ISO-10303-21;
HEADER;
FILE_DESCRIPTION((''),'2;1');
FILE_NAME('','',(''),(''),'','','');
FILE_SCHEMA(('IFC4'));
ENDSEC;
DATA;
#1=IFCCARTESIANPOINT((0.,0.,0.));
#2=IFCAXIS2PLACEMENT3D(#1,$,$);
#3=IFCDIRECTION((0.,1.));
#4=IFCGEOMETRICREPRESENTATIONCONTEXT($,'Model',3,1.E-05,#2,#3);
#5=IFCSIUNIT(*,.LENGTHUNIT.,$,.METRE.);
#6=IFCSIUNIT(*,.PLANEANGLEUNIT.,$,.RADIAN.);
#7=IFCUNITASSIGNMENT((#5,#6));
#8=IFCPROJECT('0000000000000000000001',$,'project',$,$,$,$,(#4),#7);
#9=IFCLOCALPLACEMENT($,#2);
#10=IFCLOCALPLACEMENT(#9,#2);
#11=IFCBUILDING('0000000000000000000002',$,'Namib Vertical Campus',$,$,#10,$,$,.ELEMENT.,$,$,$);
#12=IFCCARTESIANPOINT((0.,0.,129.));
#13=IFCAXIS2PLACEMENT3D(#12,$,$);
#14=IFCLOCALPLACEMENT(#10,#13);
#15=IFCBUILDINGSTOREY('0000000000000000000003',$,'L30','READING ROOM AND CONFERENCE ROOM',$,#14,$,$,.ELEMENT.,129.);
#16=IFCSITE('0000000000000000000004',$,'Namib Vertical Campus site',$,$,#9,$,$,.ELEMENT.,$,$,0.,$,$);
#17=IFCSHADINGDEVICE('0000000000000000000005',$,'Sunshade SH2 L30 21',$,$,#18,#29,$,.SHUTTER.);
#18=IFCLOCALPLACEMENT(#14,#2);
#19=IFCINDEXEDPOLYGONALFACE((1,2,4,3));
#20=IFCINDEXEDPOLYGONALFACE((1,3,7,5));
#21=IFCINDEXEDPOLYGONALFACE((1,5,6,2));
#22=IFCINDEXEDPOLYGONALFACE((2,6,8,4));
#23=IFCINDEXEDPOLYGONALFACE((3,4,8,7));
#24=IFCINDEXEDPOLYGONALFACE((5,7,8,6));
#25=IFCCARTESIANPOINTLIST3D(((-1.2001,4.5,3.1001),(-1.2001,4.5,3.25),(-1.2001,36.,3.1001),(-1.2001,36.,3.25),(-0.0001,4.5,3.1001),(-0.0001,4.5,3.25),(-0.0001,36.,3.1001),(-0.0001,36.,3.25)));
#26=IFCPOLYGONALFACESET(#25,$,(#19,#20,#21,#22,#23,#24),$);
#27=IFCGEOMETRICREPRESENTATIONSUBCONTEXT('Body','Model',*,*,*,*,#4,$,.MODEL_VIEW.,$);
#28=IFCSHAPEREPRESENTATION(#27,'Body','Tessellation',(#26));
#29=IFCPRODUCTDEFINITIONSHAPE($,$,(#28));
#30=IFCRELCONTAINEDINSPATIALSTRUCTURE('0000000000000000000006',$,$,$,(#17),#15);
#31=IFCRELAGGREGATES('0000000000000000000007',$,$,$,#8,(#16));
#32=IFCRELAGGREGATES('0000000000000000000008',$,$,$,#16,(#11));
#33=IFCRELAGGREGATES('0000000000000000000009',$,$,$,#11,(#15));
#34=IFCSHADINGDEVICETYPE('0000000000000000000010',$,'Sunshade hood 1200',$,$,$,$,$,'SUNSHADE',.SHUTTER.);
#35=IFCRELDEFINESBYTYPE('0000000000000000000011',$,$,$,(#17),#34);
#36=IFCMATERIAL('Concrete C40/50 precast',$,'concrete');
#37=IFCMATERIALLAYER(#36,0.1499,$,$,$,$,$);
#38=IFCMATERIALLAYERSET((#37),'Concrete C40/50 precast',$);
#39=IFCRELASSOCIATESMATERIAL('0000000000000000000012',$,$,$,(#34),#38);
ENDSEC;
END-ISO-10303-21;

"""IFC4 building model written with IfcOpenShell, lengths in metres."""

from ifc_helpers import new_model, si_unit, direction, frame, origin, origin_2d, place, context, subcontext, project, spatial, rectangle, extrude, material, layer, layer_set, type_object, element, save


model = new_model("IFC4")

# Units and contexts
model_context = context("Model", 3, precision=1e-05, world=origin(), true_north=direction((0.0, 1.0)))
body_context = subcontext(model_context, "Body", "Model", "MODEL_VIEW")
ifc_project = project(units=[si_unit("LENGTHUNIT", "METRE"), si_unit("PLANEANGLEUNIT", "RADIAN")], contexts=[model_context])

# Site, building, storey
site_placement = place(None, origin())
site = spatial("IfcSite", under=ifc_project, at=site_placement, Name="Namib Vertical Campus site", CompositionType="ELEMENT", RefElevation=0.0)
building_placement = place(site_placement, origin())
building = spatial("IfcBuilding", under=site, at=building_placement, Name="Namib Vertical Campus", CompositionType="ELEMENT")
storey_placement = place(building_placement, frame((0.0, 0.0, 129.0)))
storey = spatial("IfcBuildingStorey", under=building, at=storey_placement, Name="L30", Description="READING ROOM AND CONFERENCE ROOM", CompositionType="ELEMENT", Elevation=129.0)

# Shading device
ifc_material_1 = material(Name="Concrete C40/50 precast", Category="concrete")
ifc_layer_1 = layer(ifc_material_1, 0.1499)
ifc_layer_set_1 = layer_set([ifc_layer_1], Name="Concrete C40/50 precast")
shading_device_type = type_object("IfcShadingDeviceType", Name="Sunshade hood 1200", ElementType="SUNSHADE", PredefinedType="SHUTTER", material=ifc_layer_set_1)
shading_device_placement = place(storey_placement, frame((-0.6001, 20.25, 3.1001), z_axis=(0.0, 0.0, 1.0), x_axis=(0.0, -1.0, 0.0)))
element("IfcShadingDevice", 1, at=shading_device_placement, inside=storey, type_object=shading_device_type, Name="Sunshade SH2 L30 21", PredefinedType="SHUTTER", context=body_context, shape_type="SweptSolid", body=[
    extrude(rectangle(XDim=31.5, YDim=1.2, at=origin_2d()), origin(), (0.0, 0.0, 1.0), 0.1499),
])

save(model, "model.ifc")
